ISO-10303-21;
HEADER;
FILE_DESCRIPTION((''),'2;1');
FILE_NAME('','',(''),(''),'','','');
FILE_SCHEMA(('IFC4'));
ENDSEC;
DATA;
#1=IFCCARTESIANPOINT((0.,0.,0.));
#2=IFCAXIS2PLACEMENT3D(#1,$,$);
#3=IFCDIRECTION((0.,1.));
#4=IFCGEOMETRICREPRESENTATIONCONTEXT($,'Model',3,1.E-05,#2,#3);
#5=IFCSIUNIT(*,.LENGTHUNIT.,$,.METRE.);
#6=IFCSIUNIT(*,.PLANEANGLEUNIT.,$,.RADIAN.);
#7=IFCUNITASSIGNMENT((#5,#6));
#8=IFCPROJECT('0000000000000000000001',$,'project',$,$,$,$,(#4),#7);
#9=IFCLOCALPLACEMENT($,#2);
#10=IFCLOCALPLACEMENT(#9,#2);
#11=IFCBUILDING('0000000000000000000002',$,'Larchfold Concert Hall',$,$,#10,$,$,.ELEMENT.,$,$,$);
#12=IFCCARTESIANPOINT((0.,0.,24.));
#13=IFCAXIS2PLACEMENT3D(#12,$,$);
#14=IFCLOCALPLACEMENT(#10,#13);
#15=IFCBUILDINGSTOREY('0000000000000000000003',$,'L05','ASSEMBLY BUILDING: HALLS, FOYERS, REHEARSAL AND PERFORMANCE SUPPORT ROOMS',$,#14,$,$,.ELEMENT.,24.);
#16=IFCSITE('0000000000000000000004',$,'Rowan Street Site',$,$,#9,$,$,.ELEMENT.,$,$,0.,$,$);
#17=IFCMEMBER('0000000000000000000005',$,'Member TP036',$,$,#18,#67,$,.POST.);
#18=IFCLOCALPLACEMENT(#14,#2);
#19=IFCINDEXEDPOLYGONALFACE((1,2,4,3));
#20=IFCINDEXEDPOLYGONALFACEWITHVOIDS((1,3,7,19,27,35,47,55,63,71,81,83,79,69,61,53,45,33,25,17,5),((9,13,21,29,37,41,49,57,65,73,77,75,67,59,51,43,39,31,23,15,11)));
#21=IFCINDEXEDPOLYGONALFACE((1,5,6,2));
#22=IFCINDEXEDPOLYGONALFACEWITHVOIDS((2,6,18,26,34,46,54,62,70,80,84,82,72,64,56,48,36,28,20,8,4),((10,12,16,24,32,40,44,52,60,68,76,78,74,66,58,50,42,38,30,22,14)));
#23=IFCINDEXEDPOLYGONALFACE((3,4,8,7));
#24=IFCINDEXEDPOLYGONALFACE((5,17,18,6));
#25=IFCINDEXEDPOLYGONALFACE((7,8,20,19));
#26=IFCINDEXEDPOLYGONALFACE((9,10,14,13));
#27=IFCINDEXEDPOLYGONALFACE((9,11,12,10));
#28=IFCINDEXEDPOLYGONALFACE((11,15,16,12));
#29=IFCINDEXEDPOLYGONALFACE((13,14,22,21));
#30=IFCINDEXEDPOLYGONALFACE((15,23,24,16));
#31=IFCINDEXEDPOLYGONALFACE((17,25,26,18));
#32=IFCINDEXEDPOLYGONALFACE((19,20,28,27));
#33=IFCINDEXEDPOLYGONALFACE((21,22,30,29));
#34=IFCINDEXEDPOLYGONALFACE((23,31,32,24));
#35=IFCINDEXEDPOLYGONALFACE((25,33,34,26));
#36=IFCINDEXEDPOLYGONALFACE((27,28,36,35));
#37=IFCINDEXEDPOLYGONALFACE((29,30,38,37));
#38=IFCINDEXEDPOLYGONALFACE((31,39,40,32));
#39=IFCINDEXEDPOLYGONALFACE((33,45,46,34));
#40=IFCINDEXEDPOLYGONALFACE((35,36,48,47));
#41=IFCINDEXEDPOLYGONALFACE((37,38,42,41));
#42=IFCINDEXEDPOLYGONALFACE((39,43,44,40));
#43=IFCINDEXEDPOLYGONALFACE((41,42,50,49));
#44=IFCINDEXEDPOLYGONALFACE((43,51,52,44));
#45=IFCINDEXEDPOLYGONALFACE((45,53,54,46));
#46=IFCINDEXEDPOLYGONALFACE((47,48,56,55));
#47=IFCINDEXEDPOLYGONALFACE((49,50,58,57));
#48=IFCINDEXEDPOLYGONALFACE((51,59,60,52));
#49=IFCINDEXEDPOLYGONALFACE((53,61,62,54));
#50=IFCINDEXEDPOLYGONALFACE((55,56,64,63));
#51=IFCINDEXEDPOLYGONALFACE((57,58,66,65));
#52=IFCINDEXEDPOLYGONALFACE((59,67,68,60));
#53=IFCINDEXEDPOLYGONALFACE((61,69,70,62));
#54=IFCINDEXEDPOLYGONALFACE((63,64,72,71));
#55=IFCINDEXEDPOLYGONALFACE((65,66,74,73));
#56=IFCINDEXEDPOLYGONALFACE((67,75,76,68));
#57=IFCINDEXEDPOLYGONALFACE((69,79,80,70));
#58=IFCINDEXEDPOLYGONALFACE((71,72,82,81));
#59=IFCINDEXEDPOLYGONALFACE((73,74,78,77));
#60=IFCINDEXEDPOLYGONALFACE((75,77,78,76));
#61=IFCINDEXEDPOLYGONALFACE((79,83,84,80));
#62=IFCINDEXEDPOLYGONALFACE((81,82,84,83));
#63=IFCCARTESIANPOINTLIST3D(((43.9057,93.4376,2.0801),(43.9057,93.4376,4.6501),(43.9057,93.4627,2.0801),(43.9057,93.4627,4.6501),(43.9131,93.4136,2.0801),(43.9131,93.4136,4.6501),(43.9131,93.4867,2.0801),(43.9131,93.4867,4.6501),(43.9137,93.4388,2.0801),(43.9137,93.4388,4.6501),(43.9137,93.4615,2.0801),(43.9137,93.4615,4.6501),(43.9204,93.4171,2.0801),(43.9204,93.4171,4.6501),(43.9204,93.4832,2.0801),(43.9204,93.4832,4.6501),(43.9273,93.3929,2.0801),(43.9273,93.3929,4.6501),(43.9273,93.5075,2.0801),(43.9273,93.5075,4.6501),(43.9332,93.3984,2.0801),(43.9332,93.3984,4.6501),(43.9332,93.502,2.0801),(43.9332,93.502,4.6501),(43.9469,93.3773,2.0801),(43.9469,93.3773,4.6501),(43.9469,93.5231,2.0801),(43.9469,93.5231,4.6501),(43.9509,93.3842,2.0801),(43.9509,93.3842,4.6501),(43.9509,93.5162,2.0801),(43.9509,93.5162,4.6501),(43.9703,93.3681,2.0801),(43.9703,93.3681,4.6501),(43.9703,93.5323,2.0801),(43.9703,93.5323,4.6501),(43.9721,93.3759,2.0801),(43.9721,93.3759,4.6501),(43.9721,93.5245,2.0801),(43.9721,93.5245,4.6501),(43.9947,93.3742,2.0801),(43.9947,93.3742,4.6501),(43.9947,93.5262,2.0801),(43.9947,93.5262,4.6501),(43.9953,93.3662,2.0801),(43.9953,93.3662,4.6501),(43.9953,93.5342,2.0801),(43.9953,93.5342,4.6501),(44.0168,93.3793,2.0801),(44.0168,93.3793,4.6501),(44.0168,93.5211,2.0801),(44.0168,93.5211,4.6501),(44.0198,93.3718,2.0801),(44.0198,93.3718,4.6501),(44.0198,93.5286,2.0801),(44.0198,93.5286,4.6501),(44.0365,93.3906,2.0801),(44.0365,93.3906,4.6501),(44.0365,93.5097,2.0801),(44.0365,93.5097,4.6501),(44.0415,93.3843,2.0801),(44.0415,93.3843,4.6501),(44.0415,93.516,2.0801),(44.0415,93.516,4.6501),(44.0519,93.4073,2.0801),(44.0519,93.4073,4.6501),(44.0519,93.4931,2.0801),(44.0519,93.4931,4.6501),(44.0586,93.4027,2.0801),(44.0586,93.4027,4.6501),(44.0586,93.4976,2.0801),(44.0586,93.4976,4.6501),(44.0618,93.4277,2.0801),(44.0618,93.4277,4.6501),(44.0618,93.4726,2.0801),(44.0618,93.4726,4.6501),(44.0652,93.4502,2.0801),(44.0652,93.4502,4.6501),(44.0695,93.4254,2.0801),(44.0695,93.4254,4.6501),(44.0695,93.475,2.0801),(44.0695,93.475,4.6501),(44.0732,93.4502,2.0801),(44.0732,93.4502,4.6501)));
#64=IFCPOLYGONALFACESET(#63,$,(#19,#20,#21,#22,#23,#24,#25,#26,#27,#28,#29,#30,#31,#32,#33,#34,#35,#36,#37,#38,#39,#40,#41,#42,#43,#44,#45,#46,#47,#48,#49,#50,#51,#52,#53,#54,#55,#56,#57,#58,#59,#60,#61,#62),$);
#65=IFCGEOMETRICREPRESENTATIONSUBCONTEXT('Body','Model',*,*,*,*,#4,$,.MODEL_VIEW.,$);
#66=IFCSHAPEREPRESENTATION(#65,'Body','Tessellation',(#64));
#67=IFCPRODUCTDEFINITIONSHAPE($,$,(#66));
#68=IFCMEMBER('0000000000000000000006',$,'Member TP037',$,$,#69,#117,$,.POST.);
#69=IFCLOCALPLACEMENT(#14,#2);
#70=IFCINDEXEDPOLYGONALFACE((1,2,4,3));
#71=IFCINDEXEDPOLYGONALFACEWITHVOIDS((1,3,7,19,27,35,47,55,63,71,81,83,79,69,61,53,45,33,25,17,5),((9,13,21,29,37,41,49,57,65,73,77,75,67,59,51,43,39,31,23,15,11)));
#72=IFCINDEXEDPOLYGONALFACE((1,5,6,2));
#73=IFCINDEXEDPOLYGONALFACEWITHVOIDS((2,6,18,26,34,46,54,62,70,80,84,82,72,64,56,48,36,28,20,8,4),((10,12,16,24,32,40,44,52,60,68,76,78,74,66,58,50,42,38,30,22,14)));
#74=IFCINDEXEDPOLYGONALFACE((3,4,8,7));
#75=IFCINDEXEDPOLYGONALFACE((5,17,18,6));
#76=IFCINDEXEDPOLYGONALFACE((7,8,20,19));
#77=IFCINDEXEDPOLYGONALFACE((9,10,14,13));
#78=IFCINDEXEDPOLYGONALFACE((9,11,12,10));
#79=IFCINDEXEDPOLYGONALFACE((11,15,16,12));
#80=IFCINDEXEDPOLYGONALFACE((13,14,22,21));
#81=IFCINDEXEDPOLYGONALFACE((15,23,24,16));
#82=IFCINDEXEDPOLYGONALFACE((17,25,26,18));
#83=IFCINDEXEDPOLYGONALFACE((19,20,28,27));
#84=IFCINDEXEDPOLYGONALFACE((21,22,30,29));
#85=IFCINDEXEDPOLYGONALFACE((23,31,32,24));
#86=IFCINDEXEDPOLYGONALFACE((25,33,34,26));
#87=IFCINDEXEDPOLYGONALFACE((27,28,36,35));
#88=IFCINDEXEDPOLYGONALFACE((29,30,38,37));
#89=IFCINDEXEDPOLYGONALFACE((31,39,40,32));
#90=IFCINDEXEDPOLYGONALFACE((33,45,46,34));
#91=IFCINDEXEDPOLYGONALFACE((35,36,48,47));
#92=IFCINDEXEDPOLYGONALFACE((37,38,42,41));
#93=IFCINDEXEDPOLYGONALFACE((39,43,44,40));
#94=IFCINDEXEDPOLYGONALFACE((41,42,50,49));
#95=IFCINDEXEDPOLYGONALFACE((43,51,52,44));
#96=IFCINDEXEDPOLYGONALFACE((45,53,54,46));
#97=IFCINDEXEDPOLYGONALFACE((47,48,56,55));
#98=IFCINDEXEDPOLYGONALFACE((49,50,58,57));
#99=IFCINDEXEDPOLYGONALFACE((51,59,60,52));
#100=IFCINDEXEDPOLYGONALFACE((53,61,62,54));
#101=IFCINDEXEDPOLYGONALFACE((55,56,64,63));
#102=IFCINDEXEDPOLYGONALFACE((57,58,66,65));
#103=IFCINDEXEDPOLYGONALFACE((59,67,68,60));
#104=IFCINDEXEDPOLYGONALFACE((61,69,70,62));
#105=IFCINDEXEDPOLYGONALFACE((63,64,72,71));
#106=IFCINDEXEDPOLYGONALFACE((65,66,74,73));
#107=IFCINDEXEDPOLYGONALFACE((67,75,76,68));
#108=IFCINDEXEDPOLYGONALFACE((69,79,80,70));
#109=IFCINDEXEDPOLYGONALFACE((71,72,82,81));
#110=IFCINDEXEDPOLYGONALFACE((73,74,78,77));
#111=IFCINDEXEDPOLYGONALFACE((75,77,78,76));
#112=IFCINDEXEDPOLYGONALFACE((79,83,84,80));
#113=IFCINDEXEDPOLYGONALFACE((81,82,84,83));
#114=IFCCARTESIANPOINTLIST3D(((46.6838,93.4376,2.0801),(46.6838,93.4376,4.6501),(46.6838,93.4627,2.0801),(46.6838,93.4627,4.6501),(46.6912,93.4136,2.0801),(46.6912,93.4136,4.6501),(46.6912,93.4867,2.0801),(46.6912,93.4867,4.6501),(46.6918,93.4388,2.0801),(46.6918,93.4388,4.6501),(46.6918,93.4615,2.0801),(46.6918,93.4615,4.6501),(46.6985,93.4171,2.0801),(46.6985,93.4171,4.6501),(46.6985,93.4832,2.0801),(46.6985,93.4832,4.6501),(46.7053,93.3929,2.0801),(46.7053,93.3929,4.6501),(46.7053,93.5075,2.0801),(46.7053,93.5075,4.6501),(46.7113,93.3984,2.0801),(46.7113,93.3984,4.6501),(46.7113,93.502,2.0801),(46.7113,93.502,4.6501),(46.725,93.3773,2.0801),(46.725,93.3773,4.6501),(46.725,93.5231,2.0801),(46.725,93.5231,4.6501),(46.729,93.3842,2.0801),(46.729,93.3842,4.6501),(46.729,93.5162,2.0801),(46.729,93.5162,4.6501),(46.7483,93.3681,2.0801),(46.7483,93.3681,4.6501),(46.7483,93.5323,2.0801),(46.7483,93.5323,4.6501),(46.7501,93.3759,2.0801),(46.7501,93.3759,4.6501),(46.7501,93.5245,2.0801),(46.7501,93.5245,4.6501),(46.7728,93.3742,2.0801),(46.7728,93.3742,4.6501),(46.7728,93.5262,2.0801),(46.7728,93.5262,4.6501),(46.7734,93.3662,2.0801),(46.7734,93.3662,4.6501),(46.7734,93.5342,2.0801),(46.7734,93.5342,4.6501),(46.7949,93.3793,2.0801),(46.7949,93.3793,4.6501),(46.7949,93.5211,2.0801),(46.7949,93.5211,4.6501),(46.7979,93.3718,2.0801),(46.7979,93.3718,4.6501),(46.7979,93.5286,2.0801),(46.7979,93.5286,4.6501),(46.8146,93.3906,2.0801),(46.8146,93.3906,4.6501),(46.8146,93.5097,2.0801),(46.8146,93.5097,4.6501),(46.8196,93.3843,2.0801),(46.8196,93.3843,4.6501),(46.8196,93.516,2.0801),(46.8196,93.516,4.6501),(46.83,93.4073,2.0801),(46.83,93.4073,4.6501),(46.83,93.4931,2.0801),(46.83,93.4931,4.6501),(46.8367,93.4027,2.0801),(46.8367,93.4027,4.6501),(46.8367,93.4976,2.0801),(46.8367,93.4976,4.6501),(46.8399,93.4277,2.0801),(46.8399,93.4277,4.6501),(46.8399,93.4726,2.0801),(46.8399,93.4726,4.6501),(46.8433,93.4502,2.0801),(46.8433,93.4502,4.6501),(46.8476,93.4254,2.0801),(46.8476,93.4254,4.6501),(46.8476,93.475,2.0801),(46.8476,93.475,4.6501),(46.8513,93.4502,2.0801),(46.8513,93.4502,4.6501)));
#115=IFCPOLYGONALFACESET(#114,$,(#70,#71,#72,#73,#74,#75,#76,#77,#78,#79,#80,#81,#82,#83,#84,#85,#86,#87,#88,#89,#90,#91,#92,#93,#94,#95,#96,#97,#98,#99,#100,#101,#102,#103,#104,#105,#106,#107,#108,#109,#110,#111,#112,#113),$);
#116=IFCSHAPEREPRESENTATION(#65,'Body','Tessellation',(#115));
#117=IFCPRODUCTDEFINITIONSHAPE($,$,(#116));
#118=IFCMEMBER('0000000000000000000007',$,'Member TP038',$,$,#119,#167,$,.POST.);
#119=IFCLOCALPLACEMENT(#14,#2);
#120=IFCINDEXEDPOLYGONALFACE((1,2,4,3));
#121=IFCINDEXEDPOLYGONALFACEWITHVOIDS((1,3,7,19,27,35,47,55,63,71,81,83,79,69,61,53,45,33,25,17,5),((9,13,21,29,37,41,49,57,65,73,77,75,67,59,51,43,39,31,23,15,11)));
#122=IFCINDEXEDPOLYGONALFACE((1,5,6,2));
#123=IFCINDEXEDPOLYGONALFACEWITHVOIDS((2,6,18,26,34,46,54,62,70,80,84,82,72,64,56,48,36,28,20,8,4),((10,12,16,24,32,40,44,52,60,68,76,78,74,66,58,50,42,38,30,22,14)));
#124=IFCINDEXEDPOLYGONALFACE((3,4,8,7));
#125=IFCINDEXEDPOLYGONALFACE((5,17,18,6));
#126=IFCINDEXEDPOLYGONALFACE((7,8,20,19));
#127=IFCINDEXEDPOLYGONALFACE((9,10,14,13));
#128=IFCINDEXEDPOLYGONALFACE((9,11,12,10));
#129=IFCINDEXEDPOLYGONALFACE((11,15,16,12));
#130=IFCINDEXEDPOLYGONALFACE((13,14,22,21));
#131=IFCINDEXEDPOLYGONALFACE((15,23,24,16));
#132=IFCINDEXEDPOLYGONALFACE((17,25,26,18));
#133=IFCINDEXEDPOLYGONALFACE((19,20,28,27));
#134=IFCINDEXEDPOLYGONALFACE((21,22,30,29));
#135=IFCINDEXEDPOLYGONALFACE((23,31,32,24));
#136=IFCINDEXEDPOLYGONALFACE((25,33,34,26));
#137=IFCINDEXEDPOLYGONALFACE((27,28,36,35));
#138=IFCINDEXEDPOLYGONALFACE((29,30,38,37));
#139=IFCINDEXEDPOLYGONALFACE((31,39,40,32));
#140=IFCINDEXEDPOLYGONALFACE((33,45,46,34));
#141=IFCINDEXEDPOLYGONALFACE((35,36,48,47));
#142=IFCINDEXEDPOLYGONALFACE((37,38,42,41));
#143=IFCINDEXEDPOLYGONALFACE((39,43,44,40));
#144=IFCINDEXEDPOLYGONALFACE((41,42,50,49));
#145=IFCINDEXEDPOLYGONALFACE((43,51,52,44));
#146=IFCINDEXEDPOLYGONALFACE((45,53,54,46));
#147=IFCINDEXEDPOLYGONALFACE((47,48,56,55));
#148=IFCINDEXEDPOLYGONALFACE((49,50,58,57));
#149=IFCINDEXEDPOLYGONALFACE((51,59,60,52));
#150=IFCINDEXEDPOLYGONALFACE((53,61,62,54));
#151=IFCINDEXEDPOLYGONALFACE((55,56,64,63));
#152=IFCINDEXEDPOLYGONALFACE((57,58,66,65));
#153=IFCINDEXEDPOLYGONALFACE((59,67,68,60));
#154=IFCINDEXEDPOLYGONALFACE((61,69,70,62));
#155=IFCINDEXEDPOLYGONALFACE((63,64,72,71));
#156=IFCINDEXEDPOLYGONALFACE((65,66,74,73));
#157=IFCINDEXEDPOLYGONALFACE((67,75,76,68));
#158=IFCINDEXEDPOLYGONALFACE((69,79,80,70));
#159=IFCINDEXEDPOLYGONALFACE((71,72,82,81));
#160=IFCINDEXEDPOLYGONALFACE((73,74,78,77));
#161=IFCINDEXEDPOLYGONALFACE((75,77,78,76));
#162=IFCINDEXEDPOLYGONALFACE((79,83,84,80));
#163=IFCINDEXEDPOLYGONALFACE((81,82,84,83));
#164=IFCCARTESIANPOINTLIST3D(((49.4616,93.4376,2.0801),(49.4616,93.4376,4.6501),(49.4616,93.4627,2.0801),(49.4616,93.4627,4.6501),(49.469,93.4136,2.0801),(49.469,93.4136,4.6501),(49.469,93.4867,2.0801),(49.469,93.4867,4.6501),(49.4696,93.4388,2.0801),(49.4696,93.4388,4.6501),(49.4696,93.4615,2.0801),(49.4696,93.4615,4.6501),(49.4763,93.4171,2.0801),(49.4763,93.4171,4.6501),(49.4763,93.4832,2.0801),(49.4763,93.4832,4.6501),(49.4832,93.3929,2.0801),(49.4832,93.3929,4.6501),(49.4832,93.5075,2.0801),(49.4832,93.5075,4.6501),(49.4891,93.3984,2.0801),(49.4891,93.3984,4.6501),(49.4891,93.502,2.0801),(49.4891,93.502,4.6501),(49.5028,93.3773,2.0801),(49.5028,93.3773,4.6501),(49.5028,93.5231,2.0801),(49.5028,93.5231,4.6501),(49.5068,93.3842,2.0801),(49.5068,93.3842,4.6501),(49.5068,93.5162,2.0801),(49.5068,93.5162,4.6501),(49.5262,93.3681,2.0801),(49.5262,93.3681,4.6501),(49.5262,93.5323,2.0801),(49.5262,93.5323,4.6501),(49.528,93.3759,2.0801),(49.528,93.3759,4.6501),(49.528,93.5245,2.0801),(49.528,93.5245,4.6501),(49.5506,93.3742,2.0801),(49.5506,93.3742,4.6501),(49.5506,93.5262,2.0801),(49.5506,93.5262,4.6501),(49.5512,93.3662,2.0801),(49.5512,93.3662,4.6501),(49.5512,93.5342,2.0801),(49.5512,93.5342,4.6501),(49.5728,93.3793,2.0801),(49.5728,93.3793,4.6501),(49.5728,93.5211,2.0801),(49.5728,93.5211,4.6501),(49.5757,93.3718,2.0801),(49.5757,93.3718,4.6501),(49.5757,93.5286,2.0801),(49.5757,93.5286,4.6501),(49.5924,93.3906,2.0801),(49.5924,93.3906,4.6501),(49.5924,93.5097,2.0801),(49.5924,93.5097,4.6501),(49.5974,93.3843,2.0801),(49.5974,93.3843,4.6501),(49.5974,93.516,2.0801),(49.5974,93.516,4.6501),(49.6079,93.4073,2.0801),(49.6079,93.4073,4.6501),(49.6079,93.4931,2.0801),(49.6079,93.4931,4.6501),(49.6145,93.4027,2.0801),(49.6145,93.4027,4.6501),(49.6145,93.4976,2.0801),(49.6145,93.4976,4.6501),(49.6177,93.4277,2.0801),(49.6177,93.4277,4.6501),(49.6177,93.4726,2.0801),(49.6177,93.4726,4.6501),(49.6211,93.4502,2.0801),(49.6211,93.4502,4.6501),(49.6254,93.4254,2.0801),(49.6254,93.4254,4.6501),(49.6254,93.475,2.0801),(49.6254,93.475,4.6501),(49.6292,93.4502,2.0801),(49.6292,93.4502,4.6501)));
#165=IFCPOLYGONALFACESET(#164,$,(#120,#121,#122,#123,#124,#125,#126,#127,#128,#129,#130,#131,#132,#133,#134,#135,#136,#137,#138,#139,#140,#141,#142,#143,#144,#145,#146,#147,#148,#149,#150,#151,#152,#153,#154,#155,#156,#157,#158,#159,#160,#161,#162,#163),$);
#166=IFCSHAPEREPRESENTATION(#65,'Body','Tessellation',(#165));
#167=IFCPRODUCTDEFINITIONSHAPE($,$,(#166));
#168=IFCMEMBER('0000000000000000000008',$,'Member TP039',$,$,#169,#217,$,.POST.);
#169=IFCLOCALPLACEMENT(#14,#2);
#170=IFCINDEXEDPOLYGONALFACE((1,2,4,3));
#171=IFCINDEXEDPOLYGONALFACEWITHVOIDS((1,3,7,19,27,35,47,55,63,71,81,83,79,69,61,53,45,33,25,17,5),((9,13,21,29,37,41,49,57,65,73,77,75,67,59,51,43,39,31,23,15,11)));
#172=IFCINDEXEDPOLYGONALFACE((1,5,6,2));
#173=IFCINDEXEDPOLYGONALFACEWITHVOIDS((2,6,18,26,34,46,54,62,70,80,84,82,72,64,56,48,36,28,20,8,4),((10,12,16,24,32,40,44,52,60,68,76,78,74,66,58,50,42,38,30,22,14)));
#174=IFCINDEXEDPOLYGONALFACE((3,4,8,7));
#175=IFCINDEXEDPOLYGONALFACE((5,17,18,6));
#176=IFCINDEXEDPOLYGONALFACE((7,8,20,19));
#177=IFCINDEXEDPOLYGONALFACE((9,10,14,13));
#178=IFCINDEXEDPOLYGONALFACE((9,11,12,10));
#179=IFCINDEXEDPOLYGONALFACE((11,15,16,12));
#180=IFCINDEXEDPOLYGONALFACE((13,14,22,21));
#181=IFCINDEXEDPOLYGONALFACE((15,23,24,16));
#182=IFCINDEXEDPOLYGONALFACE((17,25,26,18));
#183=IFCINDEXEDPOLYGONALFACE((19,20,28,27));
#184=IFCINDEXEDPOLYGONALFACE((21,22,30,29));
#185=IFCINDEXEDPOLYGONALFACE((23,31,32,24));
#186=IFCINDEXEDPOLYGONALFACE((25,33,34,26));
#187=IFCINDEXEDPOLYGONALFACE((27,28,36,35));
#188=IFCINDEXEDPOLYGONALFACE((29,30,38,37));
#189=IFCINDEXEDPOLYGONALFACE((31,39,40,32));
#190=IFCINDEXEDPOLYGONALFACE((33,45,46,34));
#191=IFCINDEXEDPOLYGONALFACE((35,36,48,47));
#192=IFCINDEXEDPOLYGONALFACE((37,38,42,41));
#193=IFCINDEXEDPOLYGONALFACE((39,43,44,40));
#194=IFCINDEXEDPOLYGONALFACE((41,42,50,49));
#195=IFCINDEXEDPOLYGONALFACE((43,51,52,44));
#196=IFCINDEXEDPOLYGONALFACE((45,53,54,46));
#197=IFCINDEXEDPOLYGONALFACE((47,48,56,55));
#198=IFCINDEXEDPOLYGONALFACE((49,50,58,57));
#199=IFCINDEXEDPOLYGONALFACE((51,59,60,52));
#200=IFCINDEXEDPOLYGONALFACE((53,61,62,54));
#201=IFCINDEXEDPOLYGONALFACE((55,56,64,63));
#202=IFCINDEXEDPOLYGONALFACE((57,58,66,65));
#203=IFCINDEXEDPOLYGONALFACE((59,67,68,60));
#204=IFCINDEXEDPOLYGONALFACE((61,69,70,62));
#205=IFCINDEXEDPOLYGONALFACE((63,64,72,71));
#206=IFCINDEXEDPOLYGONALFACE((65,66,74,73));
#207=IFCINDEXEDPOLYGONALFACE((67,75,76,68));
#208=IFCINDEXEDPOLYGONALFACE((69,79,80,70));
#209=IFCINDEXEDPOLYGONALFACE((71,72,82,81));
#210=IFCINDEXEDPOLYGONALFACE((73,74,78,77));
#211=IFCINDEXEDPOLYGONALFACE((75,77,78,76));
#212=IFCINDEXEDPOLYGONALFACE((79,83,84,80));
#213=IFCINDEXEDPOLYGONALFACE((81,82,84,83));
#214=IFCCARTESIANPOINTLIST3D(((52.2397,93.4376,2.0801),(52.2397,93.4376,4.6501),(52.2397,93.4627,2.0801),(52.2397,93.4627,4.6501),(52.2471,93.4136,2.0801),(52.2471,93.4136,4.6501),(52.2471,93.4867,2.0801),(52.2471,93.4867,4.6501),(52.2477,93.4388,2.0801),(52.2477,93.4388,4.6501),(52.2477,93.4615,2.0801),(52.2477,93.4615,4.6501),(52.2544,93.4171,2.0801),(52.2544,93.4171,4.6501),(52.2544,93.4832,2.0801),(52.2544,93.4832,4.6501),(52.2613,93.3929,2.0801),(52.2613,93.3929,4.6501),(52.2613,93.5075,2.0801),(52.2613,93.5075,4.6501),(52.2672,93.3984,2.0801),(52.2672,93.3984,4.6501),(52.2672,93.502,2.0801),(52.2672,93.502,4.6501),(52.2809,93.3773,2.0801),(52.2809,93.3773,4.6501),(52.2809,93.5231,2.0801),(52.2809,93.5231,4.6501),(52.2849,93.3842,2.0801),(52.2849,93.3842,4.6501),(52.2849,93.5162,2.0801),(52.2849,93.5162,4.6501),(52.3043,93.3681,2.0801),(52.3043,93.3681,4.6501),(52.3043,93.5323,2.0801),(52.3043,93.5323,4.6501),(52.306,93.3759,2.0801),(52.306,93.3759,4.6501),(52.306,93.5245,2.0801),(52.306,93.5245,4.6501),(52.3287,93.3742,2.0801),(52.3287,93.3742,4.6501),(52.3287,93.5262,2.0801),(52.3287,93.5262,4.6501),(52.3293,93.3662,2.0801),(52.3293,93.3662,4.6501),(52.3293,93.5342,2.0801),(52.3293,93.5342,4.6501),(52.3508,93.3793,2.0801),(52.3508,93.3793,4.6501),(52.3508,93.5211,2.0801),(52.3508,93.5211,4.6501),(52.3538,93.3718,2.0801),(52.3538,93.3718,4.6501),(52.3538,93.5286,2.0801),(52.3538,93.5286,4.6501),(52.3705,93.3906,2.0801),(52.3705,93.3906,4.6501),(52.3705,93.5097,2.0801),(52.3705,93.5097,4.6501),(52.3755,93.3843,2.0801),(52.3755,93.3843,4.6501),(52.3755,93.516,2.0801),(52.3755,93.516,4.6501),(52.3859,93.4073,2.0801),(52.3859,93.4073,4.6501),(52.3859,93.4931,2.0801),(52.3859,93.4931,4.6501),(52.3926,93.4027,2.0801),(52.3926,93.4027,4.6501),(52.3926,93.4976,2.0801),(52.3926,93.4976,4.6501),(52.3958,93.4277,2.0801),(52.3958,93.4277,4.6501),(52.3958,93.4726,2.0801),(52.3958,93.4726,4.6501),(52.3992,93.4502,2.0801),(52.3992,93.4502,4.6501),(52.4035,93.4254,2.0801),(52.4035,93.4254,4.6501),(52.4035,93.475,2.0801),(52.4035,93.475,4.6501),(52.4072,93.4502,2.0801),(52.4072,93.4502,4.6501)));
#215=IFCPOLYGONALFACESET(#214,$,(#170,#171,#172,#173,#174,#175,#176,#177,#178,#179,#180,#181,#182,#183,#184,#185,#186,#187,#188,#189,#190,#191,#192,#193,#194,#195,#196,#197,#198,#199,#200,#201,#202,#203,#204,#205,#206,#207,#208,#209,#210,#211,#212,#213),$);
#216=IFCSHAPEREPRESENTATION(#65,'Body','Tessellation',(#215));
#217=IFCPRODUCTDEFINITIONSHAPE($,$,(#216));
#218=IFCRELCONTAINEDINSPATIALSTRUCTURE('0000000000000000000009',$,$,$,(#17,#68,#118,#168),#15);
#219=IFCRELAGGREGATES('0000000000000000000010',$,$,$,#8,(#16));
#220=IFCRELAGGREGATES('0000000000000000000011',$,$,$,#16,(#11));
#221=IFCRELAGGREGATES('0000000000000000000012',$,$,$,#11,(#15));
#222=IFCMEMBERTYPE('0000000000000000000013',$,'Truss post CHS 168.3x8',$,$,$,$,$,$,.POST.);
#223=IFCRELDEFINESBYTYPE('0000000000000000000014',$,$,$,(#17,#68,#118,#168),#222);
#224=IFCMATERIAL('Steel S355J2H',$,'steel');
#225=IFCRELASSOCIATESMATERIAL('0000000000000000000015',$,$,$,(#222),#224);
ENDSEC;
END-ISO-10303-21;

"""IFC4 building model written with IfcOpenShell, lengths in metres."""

from ifc_helpers import new_model, si_unit, direction, frame, origin, origin_2d, place, context, subcontext, project, spatial, hollow_circle, extrude, material, material_profile, profile_set, type_object, element, save


model = new_model("IFC4")

# Units and contexts
model_context = context("Model", 3, precision=1e-05, world=origin(), true_north=direction((0.0, 1.0)))
body_context = subcontext(model_context, "Body", "Model", "MODEL_VIEW")
ifc_project = project(units=[si_unit("LENGTHUNIT", "METRE"), si_unit("PLANEANGLEUNIT", "RADIAN")], contexts=[model_context])

# Site, building, storey
site_placement = place(None, origin())
site = spatial("IfcSite", under=ifc_project, at=site_placement, Name="Rowan Street Site", CompositionType="ELEMENT", RefElevation=0.0)
building_placement = place(site_placement, origin())
building = spatial("IfcBuilding", under=site, at=building_placement, Name="Larchfold Concert Hall", CompositionType="ELEMENT")
storey_placement = place(building_placement, frame((0.0, 0.0, 24.0)))
storey = spatial("IfcBuildingStorey", under=building, at=storey_placement, Name="L05", Description="ASSEMBLY BUILDING: HALLS, FOYERS, REHEARSAL AND PERFORMANCE SUPPORT ROOMS", CompositionType="ELEMENT", Elevation=24.0)

# Members
ifc_material_1 = material(Name="Steel S355J2H", Category="steel")
ifc_material_profile_1 = material_profile(ifc_material_1, hollow_circle(Radius=0.0842, WallThickness=0.0081, at=origin_2d()))
ifc_profile_set_1 = profile_set([ifc_material_profile_1], Name="Steel S355J2H")
member_type = type_object("IfcMemberType", Name="Truss post CHS 168.3x8", PredefinedType="POST", material=ifc_profile_set_1)
for number, where, z_axis, x_axis, name in (
    (1, (43.989, 93.4502, 2.0801), (0.0, 0.0, 1.0), (1.0, 0.0, 0.0), "Member TP036"),
    (2, (46.7671, 93.4502, 2.0801), (0.0, 0.0, 1.0), (1.0, 0.0, 0.0), "Member TP037"),
    (3, (49.5449, 93.4502, 2.0801), (0.0, 0.0, 1.0), (1.0, 0.0, 0.0), "Member TP038"),
    (4, (52.323, 93.4502, 2.0801), (0.0, 0.0, 1.0), (1.0, 0.0, 0.0), "Member TP039"),
):
    element("IfcMember", number, at=place(storey_placement, frame(where, z_axis=z_axis, x_axis=x_axis)), inside=storey, type_object=member_type, Name=name, PredefinedType="POST", context=body_context, shape_type="SweptSolid", body=[
        extrude(hollow_circle(Radius=0.0842, WallThickness=0.0081, at=origin_2d()), origin(), (0.0, 0.0, 1.0), 2.5701),
    ])

save(model, "model.ifc")
